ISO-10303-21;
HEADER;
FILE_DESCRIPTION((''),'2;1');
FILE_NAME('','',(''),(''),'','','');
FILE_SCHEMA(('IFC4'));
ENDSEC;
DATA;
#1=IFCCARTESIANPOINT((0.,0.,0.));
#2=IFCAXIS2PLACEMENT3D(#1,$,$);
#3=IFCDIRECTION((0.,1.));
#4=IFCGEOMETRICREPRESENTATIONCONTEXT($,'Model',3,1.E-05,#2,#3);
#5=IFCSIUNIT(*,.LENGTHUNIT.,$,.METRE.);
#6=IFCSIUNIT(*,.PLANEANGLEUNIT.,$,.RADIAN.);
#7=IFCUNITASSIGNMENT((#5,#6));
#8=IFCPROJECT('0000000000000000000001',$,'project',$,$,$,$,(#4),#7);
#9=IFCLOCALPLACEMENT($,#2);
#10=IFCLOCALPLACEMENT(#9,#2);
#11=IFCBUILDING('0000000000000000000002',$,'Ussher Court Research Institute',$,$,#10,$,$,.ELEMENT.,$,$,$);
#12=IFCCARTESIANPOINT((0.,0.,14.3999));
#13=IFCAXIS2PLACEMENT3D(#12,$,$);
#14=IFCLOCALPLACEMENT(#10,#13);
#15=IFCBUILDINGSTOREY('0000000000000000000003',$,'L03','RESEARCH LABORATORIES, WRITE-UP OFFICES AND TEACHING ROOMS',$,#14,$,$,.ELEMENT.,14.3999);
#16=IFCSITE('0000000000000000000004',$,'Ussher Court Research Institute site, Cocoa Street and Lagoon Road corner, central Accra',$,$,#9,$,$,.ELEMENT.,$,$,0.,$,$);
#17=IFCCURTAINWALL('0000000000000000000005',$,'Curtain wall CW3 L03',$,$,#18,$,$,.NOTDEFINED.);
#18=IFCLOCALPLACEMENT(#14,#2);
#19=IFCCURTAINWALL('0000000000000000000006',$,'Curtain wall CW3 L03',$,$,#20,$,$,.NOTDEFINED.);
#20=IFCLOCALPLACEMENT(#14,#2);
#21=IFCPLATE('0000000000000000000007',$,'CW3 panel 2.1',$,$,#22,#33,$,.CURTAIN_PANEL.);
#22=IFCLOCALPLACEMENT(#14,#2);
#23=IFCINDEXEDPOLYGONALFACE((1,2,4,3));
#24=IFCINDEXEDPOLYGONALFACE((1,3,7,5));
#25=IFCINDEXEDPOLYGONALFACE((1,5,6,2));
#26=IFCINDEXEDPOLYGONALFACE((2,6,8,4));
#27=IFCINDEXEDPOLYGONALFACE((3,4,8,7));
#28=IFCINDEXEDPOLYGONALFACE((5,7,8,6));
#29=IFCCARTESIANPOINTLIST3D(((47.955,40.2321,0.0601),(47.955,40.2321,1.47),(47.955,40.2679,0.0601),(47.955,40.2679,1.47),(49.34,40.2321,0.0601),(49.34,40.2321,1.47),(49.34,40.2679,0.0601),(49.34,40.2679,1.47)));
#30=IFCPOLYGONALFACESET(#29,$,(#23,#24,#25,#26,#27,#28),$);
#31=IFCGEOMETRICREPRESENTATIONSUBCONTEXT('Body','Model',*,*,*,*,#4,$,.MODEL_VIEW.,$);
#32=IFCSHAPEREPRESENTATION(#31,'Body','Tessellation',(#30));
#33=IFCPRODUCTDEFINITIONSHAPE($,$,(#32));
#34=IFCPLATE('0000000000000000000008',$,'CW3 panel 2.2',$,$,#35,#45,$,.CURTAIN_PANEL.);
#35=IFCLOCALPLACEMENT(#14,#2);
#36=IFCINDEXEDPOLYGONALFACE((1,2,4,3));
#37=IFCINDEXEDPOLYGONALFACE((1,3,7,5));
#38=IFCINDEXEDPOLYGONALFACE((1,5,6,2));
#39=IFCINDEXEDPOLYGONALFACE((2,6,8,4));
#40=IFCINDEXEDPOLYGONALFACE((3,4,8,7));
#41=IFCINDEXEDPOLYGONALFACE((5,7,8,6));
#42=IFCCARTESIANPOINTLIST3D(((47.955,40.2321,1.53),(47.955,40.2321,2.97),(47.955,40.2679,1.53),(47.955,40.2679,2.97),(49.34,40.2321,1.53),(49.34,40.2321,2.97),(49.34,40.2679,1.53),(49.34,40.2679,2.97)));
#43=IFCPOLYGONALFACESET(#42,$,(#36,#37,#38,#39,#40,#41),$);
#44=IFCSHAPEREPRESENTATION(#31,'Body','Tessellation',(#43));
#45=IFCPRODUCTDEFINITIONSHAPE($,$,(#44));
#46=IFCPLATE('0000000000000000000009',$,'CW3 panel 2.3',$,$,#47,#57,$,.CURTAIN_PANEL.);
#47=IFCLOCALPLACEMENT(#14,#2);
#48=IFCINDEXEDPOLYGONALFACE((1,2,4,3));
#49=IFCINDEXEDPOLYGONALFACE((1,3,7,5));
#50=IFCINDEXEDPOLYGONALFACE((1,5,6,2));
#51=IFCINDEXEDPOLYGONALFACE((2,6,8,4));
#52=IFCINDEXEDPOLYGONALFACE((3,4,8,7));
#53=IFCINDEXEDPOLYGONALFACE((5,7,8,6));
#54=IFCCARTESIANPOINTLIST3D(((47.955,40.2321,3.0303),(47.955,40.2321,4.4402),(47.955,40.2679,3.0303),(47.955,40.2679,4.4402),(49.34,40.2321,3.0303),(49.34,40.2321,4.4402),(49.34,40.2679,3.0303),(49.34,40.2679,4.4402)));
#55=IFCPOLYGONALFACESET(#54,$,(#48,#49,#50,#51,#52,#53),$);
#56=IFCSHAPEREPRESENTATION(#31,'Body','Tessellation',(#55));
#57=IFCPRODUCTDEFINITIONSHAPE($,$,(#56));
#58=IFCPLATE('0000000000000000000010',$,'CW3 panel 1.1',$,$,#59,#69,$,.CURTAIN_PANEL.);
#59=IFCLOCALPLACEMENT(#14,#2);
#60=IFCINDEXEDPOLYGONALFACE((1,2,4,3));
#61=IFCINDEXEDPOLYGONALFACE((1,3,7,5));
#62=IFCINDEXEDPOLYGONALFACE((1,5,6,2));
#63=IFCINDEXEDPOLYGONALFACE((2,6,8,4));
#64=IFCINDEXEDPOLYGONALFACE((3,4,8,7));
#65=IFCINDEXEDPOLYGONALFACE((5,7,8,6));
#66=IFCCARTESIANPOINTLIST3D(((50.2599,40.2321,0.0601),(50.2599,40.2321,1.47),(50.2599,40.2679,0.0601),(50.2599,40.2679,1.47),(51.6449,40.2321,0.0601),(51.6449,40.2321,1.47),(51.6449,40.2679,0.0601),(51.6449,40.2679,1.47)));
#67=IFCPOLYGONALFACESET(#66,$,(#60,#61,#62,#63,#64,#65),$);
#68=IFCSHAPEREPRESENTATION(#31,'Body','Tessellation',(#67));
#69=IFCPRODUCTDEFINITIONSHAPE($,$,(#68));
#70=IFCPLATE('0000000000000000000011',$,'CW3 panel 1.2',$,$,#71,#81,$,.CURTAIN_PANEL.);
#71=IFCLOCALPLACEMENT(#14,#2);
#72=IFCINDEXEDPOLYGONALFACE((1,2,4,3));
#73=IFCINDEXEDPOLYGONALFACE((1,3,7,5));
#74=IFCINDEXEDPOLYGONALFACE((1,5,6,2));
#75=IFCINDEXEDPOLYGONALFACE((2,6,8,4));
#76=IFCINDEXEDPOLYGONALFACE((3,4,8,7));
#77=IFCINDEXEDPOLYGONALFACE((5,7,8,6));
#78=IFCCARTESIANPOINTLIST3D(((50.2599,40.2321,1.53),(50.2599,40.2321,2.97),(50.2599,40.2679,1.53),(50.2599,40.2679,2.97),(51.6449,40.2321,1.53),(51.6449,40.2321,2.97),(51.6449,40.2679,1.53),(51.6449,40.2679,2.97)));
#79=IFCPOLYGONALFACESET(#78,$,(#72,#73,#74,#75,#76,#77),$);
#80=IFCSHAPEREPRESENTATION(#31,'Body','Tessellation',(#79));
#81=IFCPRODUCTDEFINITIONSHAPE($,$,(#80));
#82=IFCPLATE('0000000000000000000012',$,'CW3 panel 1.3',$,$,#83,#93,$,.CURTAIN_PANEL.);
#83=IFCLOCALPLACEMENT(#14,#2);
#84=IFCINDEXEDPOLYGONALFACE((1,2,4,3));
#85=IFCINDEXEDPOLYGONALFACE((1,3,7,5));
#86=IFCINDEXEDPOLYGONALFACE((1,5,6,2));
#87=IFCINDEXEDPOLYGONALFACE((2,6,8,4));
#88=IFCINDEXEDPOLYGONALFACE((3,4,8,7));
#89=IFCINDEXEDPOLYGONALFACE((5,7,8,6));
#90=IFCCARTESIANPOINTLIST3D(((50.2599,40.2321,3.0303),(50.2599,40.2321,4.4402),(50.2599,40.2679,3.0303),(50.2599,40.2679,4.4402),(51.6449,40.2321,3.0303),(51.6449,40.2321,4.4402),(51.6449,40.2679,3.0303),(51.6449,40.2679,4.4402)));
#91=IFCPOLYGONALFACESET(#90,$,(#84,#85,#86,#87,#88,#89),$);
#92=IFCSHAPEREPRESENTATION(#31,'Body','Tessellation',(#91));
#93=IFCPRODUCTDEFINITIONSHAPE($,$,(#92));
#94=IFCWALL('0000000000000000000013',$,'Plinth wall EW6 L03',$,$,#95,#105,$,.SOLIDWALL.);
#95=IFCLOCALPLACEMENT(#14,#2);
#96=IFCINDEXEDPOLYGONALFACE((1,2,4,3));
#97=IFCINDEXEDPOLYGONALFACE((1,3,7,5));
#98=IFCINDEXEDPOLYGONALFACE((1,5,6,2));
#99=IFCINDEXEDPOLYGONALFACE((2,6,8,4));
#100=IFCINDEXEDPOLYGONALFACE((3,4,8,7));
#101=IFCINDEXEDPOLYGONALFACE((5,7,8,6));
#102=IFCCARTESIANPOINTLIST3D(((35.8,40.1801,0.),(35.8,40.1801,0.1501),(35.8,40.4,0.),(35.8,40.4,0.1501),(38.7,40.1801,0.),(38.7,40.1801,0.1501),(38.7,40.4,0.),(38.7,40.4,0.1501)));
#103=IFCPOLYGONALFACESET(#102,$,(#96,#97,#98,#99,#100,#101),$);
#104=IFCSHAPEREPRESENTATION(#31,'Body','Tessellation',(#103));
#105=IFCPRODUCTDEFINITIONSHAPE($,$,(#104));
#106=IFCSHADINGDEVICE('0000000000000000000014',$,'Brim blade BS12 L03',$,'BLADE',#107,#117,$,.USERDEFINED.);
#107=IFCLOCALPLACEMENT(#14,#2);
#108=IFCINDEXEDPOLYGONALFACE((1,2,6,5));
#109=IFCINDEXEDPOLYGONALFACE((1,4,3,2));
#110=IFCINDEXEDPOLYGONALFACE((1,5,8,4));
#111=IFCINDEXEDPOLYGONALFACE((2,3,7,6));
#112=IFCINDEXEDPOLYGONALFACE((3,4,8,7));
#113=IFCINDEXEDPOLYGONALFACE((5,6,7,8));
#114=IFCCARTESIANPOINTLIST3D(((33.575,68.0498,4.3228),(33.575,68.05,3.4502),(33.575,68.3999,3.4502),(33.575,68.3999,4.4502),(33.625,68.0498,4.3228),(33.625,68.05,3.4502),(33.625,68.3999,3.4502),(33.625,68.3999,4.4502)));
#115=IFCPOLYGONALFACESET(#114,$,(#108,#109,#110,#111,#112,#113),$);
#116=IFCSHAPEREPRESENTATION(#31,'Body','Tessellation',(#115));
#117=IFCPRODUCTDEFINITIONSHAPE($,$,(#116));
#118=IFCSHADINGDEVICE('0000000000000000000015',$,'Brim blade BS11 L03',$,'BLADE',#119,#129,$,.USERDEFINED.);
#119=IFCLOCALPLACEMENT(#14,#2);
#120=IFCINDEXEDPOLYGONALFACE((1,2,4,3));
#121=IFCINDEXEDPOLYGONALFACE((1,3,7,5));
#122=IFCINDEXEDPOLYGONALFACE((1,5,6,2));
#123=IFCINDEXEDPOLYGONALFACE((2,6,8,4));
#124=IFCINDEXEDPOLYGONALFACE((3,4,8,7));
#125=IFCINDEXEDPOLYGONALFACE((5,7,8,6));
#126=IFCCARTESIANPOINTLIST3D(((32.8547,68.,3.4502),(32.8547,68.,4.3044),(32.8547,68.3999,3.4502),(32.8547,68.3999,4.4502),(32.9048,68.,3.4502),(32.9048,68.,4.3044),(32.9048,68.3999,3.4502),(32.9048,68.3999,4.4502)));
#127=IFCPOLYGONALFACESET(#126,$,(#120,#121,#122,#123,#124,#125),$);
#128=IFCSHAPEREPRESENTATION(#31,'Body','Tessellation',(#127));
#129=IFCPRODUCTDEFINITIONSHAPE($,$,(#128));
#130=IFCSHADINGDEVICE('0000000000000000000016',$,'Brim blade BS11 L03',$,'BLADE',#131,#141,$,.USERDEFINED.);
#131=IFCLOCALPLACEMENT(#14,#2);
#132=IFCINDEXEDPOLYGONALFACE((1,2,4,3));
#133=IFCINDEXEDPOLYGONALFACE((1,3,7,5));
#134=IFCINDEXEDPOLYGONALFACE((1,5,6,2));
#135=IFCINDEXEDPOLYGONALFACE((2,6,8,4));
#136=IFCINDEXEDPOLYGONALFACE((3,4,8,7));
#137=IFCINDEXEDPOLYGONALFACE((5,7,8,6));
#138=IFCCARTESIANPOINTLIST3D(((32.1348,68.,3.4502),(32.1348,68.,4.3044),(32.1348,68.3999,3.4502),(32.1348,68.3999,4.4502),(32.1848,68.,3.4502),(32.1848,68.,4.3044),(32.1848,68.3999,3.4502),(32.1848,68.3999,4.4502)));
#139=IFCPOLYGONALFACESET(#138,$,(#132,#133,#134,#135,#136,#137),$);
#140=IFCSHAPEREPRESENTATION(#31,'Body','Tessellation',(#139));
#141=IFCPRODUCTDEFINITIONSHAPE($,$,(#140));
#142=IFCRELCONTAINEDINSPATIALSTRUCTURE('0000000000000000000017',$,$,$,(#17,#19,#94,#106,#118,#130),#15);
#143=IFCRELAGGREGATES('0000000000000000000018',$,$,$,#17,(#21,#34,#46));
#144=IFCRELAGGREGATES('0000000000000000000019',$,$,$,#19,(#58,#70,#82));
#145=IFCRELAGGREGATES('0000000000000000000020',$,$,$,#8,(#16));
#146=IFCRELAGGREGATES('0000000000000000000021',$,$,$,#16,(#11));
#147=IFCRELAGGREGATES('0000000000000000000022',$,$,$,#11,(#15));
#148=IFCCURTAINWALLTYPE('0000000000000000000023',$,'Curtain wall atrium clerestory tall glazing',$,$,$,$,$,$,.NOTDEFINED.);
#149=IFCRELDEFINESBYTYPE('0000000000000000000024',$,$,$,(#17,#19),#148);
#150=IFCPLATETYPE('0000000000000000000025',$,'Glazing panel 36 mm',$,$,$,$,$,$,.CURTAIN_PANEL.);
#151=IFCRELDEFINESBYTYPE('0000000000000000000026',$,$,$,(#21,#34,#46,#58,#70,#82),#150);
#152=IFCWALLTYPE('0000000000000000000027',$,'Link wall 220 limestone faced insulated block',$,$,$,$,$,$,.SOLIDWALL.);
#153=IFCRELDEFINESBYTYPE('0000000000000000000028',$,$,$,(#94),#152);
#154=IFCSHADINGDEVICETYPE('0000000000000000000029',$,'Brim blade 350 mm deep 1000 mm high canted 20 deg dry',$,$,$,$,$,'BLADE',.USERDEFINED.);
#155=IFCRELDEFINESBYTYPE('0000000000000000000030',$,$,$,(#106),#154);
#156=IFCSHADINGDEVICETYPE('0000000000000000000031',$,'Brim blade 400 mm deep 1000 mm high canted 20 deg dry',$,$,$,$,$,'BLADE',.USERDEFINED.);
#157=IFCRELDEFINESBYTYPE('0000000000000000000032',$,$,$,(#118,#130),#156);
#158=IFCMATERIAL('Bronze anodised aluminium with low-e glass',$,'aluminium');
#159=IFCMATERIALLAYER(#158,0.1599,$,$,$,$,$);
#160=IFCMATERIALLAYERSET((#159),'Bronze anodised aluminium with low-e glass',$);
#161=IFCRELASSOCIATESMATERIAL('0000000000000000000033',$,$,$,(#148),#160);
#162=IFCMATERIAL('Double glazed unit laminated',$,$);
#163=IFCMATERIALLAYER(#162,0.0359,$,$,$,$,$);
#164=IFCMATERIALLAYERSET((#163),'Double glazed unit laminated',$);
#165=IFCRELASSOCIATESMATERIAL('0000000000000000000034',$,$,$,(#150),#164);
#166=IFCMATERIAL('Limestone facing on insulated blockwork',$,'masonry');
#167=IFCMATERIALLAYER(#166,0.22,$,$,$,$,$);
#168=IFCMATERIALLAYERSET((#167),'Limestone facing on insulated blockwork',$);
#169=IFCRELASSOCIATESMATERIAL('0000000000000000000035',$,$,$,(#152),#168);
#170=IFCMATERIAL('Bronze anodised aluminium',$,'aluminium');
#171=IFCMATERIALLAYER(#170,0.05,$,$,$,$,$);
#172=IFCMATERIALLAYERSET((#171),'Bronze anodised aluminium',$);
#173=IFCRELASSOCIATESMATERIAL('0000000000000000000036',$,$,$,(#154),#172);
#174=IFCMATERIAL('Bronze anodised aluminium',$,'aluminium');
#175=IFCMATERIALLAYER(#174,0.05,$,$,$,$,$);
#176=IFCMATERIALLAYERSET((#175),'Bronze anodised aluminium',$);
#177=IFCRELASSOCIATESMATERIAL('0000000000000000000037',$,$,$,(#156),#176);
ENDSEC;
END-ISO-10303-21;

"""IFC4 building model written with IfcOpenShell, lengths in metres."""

from ifc_helpers import new_model, si_unit, direction, frame, frame_2d, origin, origin_2d, place, context, subcontext, project, spatial, polyline, rectangle, outline, extrude, material, layer, layer_set, type_object, element, aggregate, save


model = new_model("IFC4")

# Units and contexts
model_context = context("Model", 3, precision=1e-05, world=origin(), true_north=direction((0.0, 1.0)))
body_context = subcontext(model_context, "Body", "Model", "MODEL_VIEW")
ifc_project = project(units=[si_unit("LENGTHUNIT", "METRE"), si_unit("PLANEANGLEUNIT", "RADIAN")], contexts=[model_context])

# Site, building, storey
site_placement = place(None, origin())
site = spatial("IfcSite", under=ifc_project, at=site_placement, Name="Ussher Court Research Institute site, Cocoa Street and Lagoon Road corner, central Accra", CompositionType="ELEMENT", RefElevation=0.0)
building_placement = place(site_placement, origin())
building = spatial("IfcBuilding", under=site, at=building_placement, Name="Ussher Court Research Institute", CompositionType="ELEMENT")
storey_placement = place(building_placement, frame((0.0, 0.0, 14.3999)))
storey = spatial("IfcBuildingStorey", under=building, at=storey_placement, Name="L03", Description="RESEARCH LABORATORIES, WRITE-UP OFFICES AND TEACHING ROOMS", CompositionType="ELEMENT", Elevation=14.3999)

# Curtain wall
ifc_material_1 = material(Name="Bronze anodised aluminium with low-e glass", Category="aluminium")
ifc_layer_1 = layer(ifc_material_1, 0.1599)
ifc_layer_set_1 = layer_set([ifc_layer_1], Name="Bronze anodised aluminium with low-e glass")
curtain_wall_type = type_object("IfcCurtainWallType", Name="Curtain wall atrium clerestory tall glazing", PredefinedType="NOTDEFINED", material=ifc_layer_set_1)
curtain_wall_1_placement = place(storey_placement, origin())
curtain_wall_1 = element("IfcCurtainWall", 1, at=curtain_wall_1_placement, inside=storey, type_object=curtain_wall_type, Name="Curtain wall CW3 L03", PredefinedType="NOTDEFINED")

# Curtain wall
curtain_wall_2_placement = place(storey_placement, origin())
curtain_wall_2 = element("IfcCurtainWall", 2, at=curtain_wall_2_placement, inside=storey, type_object=curtain_wall_type, Name="Curtain wall CW3 L03", PredefinedType="NOTDEFINED")

# Plates
ifc_material_2 = material(Name="Double glazed unit laminated")
ifc_layer_2 = layer(ifc_material_2, 0.0359)
ifc_layer_set_2 = layer_set([ifc_layer_2], Name="Double glazed unit laminated")
plate_type = type_object("IfcPlateType", Name="Glazing panel 36 mm", PredefinedType="CURTAIN_PANEL", material=ifc_layer_set_2)
plate_1_placement = place(storey_placement, frame((48.6475, 40.25, 0.0601), z_axis=(0.0, 0.0, 1.0), x_axis=(1.0, 0.0, 0.0)))
plate_1 = element("IfcPlate", 3, at=plate_1_placement, type_object=plate_type, Name="CW3 panel 2.1", PredefinedType="CURTAIN_PANEL", context=body_context, shape_type="SweptSolid", body=[
    extrude(rectangle(XDim=1.385, YDim=0.0359, at=origin_2d()), origin(), (0.0, 0.0, 1.0), 1.4099),
])
plate_2_placement = place(storey_placement, frame((48.6475, 40.25, 1.53), z_axis=(0.0, 0.0, 1.0), x_axis=(1.0, 0.0, 0.0)))
plate_2 = element("IfcPlate", 4, at=plate_2_placement, type_object=plate_type, Name="CW3 panel 2.2", PredefinedType="CURTAIN_PANEL", context=body_context, shape_type="SweptSolid", body=[
    extrude(rectangle(XDim=1.385, YDim=0.0359, at=origin_2d()), origin(), (0.0, 0.0, 1.0), 1.4399),
])
plate_3_placement = place(storey_placement, frame((48.6475, 40.25, 3.0303), z_axis=(0.0, 0.0, 1.0), x_axis=(1.0, 0.0, 0.0)))
plate_3 = element("IfcPlate", 5, at=plate_3_placement, type_object=plate_type, Name="CW3 panel 2.3", PredefinedType="CURTAIN_PANEL", context=body_context, shape_type="SweptSolid", body=[
    extrude(rectangle(XDim=1.385, YDim=0.0359, at=origin_2d()), origin(), (0.0, 0.0, 1.0), 1.4099),
])
aggregate(curtain_wall_1, [plate_1, plate_2, plate_3])
plate_4_placement = place(storey_placement, frame((50.9524, 40.25, 0.0601), z_axis=(0.0, 0.0, 1.0), x_axis=(1.0, 0.0, 0.0)))
plate_4 = element("IfcPlate", 6, at=plate_4_placement, type_object=plate_type, Name="CW3 panel 1.1", PredefinedType="CURTAIN_PANEL", context=body_context, shape_type="SweptSolid", body=[
    extrude(rectangle(XDim=1.385, YDim=0.0359, at=origin_2d()), origin(), (0.0, 0.0, 1.0), 1.4099),
])
plate_5_placement = place(storey_placement, frame((50.9524, 40.25, 1.53), z_axis=(0.0, 0.0, 1.0), x_axis=(1.0, 0.0, 0.0)))
plate_5 = element("IfcPlate", 7, at=plate_5_placement, type_object=plate_type, Name="CW3 panel 1.2", PredefinedType="CURTAIN_PANEL", context=body_context, shape_type="SweptSolid", body=[
    extrude(rectangle(XDim=1.385, YDim=0.0359, at=origin_2d()), origin(), (0.0, 0.0, 1.0), 1.4399),
])
plate_6_placement = place(storey_placement, frame((50.9524, 40.25, 3.0303), z_axis=(0.0, 0.0, 1.0), x_axis=(1.0, 0.0, 0.0)))
plate_6 = element("IfcPlate", 8, at=plate_6_placement, type_object=plate_type, Name="CW3 panel 1.3", PredefinedType="CURTAIN_PANEL", context=body_context, shape_type="SweptSolid", body=[
    extrude(rectangle(XDim=1.385, YDim=0.0359, at=origin_2d()), origin(), (0.0, 0.0, 1.0), 1.4099),
])
aggregate(curtain_wall_2, [plate_4, plate_5, plate_6])

# Wall
ifc_material_3 = material(Name="Limestone facing on insulated blockwork", Category="masonry")
ifc_layer_3 = layer(ifc_material_3, 0.22)
ifc_layer_set_3 = layer_set([ifc_layer_3], Name="Limestone facing on insulated blockwork")
wall_type = type_object("IfcWallType", Name="Link wall 220 limestone faced insulated block", PredefinedType="SOLIDWALL", material=ifc_layer_set_3)
wall_placement = place(storey_placement, frame((35.8, 40.29, 0.0), z_axis=(0.0, 0.0, 1.0), x_axis=(1.0, 0.0, 0.0)))
element("IfcWall", 9, at=wall_placement, inside=storey, type_object=wall_type, Name="Plinth wall EW6 L03", PredefinedType="SOLIDWALL", context=body_context, shape_type="SweptSolid", body=[
    extrude(rectangle(XDim=2.8999, YDim=0.22, at=frame_2d((1.45, 0.0))), origin(), (0.0, 0.0, 1.0), 0.1501),
])

# Shading devices
ifc_material_4 = material(Name="Bronze anodised aluminium", Category="aluminium")
ifc_layer_4 = layer(ifc_material_4, 0.05)
ifc_layer_set_4 = layer_set([ifc_layer_4], Name="Bronze anodised aluminium")
shading_device_type_1 = type_object("IfcShadingDeviceType", Name="Brim blade 350 mm deep 1000 mm high canted 20 deg dry", ElementType="BLADE", PredefinedType="USERDEFINED", material=ifc_layer_set_4)
shading_device_1_placement = place(storey_placement, frame((33.6001, 68.3999, 3.4502), z_axis=(0.0, 0.0, 1.0), x_axis=(0.0, -1.0, 0.0)))
element("IfcShadingDevice", 10, at=shading_device_1_placement, inside=storey, type_object=shading_device_type_1, Name="Brim blade BS12 L03", ObjectType="BLADE", PredefinedType="USERDEFINED", context=body_context, shape_type="SweptSolid", body=[
    extrude(outline(polyline([(0.0, 0.0), (0.3499, 0.0), (0.3501, 0.8726), (0.0, 1.0), (0.0, 0.0)])), frame((0.0, 0.0249, 0.0), z_axis=(0.0, -1.0, 0.0), x_axis=(1.0, 0.0, 0.0)), (0.0, 0.0, 1.0), 0.05),
])
ifc_material_5 = material(Name="Bronze anodised aluminium", Category="aluminium")
ifc_layer_5 = layer(ifc_material_5, 0.05)
ifc_layer_set_5 = layer_set([ifc_layer_5], Name="Bronze anodised aluminium")
shading_device_type_2 = type_object("IfcShadingDeviceType", Name="Brim blade 400 mm deep 1000 mm high canted 20 deg dry", ElementType="BLADE", PredefinedType="USERDEFINED", material=ifc_layer_set_5)
for number, where, z_axis, x_axis, name in (
    (11, (32.8799, 68.3999, 3.4502), (0.0, 0.0, 1.0), (0.0, -1.0, 0.0), "Brim blade BS11 L03"),
    (12, (32.1599, 68.3999, 3.4502), (0.0, 0.0, 1.0), (0.0, -1.0, 0.0), "Brim blade BS11 L03"),
):
    element("IfcShadingDevice", number, at=place(storey_placement, frame(where, z_axis=z_axis, x_axis=x_axis)), inside=storey, type_object=shading_device_type_2, Name=name, ObjectType="BLADE", PredefinedType="USERDEFINED", context=body_context, shape_type="SweptSolid", body=[
        extrude(outline(polyline([(0.0, 0.0), (0.3999, 0.0), (0.3999, 0.8542), (0.0, 1.0), (0.0, 0.0)])), frame((0.0, 0.0249, 0.0), z_axis=(0.0, -1.0, 0.0), x_axis=(1.0, 0.0, 0.0)), (0.0, 0.0, 1.0), 0.05),
    ])

save(model, "model.ifc")
